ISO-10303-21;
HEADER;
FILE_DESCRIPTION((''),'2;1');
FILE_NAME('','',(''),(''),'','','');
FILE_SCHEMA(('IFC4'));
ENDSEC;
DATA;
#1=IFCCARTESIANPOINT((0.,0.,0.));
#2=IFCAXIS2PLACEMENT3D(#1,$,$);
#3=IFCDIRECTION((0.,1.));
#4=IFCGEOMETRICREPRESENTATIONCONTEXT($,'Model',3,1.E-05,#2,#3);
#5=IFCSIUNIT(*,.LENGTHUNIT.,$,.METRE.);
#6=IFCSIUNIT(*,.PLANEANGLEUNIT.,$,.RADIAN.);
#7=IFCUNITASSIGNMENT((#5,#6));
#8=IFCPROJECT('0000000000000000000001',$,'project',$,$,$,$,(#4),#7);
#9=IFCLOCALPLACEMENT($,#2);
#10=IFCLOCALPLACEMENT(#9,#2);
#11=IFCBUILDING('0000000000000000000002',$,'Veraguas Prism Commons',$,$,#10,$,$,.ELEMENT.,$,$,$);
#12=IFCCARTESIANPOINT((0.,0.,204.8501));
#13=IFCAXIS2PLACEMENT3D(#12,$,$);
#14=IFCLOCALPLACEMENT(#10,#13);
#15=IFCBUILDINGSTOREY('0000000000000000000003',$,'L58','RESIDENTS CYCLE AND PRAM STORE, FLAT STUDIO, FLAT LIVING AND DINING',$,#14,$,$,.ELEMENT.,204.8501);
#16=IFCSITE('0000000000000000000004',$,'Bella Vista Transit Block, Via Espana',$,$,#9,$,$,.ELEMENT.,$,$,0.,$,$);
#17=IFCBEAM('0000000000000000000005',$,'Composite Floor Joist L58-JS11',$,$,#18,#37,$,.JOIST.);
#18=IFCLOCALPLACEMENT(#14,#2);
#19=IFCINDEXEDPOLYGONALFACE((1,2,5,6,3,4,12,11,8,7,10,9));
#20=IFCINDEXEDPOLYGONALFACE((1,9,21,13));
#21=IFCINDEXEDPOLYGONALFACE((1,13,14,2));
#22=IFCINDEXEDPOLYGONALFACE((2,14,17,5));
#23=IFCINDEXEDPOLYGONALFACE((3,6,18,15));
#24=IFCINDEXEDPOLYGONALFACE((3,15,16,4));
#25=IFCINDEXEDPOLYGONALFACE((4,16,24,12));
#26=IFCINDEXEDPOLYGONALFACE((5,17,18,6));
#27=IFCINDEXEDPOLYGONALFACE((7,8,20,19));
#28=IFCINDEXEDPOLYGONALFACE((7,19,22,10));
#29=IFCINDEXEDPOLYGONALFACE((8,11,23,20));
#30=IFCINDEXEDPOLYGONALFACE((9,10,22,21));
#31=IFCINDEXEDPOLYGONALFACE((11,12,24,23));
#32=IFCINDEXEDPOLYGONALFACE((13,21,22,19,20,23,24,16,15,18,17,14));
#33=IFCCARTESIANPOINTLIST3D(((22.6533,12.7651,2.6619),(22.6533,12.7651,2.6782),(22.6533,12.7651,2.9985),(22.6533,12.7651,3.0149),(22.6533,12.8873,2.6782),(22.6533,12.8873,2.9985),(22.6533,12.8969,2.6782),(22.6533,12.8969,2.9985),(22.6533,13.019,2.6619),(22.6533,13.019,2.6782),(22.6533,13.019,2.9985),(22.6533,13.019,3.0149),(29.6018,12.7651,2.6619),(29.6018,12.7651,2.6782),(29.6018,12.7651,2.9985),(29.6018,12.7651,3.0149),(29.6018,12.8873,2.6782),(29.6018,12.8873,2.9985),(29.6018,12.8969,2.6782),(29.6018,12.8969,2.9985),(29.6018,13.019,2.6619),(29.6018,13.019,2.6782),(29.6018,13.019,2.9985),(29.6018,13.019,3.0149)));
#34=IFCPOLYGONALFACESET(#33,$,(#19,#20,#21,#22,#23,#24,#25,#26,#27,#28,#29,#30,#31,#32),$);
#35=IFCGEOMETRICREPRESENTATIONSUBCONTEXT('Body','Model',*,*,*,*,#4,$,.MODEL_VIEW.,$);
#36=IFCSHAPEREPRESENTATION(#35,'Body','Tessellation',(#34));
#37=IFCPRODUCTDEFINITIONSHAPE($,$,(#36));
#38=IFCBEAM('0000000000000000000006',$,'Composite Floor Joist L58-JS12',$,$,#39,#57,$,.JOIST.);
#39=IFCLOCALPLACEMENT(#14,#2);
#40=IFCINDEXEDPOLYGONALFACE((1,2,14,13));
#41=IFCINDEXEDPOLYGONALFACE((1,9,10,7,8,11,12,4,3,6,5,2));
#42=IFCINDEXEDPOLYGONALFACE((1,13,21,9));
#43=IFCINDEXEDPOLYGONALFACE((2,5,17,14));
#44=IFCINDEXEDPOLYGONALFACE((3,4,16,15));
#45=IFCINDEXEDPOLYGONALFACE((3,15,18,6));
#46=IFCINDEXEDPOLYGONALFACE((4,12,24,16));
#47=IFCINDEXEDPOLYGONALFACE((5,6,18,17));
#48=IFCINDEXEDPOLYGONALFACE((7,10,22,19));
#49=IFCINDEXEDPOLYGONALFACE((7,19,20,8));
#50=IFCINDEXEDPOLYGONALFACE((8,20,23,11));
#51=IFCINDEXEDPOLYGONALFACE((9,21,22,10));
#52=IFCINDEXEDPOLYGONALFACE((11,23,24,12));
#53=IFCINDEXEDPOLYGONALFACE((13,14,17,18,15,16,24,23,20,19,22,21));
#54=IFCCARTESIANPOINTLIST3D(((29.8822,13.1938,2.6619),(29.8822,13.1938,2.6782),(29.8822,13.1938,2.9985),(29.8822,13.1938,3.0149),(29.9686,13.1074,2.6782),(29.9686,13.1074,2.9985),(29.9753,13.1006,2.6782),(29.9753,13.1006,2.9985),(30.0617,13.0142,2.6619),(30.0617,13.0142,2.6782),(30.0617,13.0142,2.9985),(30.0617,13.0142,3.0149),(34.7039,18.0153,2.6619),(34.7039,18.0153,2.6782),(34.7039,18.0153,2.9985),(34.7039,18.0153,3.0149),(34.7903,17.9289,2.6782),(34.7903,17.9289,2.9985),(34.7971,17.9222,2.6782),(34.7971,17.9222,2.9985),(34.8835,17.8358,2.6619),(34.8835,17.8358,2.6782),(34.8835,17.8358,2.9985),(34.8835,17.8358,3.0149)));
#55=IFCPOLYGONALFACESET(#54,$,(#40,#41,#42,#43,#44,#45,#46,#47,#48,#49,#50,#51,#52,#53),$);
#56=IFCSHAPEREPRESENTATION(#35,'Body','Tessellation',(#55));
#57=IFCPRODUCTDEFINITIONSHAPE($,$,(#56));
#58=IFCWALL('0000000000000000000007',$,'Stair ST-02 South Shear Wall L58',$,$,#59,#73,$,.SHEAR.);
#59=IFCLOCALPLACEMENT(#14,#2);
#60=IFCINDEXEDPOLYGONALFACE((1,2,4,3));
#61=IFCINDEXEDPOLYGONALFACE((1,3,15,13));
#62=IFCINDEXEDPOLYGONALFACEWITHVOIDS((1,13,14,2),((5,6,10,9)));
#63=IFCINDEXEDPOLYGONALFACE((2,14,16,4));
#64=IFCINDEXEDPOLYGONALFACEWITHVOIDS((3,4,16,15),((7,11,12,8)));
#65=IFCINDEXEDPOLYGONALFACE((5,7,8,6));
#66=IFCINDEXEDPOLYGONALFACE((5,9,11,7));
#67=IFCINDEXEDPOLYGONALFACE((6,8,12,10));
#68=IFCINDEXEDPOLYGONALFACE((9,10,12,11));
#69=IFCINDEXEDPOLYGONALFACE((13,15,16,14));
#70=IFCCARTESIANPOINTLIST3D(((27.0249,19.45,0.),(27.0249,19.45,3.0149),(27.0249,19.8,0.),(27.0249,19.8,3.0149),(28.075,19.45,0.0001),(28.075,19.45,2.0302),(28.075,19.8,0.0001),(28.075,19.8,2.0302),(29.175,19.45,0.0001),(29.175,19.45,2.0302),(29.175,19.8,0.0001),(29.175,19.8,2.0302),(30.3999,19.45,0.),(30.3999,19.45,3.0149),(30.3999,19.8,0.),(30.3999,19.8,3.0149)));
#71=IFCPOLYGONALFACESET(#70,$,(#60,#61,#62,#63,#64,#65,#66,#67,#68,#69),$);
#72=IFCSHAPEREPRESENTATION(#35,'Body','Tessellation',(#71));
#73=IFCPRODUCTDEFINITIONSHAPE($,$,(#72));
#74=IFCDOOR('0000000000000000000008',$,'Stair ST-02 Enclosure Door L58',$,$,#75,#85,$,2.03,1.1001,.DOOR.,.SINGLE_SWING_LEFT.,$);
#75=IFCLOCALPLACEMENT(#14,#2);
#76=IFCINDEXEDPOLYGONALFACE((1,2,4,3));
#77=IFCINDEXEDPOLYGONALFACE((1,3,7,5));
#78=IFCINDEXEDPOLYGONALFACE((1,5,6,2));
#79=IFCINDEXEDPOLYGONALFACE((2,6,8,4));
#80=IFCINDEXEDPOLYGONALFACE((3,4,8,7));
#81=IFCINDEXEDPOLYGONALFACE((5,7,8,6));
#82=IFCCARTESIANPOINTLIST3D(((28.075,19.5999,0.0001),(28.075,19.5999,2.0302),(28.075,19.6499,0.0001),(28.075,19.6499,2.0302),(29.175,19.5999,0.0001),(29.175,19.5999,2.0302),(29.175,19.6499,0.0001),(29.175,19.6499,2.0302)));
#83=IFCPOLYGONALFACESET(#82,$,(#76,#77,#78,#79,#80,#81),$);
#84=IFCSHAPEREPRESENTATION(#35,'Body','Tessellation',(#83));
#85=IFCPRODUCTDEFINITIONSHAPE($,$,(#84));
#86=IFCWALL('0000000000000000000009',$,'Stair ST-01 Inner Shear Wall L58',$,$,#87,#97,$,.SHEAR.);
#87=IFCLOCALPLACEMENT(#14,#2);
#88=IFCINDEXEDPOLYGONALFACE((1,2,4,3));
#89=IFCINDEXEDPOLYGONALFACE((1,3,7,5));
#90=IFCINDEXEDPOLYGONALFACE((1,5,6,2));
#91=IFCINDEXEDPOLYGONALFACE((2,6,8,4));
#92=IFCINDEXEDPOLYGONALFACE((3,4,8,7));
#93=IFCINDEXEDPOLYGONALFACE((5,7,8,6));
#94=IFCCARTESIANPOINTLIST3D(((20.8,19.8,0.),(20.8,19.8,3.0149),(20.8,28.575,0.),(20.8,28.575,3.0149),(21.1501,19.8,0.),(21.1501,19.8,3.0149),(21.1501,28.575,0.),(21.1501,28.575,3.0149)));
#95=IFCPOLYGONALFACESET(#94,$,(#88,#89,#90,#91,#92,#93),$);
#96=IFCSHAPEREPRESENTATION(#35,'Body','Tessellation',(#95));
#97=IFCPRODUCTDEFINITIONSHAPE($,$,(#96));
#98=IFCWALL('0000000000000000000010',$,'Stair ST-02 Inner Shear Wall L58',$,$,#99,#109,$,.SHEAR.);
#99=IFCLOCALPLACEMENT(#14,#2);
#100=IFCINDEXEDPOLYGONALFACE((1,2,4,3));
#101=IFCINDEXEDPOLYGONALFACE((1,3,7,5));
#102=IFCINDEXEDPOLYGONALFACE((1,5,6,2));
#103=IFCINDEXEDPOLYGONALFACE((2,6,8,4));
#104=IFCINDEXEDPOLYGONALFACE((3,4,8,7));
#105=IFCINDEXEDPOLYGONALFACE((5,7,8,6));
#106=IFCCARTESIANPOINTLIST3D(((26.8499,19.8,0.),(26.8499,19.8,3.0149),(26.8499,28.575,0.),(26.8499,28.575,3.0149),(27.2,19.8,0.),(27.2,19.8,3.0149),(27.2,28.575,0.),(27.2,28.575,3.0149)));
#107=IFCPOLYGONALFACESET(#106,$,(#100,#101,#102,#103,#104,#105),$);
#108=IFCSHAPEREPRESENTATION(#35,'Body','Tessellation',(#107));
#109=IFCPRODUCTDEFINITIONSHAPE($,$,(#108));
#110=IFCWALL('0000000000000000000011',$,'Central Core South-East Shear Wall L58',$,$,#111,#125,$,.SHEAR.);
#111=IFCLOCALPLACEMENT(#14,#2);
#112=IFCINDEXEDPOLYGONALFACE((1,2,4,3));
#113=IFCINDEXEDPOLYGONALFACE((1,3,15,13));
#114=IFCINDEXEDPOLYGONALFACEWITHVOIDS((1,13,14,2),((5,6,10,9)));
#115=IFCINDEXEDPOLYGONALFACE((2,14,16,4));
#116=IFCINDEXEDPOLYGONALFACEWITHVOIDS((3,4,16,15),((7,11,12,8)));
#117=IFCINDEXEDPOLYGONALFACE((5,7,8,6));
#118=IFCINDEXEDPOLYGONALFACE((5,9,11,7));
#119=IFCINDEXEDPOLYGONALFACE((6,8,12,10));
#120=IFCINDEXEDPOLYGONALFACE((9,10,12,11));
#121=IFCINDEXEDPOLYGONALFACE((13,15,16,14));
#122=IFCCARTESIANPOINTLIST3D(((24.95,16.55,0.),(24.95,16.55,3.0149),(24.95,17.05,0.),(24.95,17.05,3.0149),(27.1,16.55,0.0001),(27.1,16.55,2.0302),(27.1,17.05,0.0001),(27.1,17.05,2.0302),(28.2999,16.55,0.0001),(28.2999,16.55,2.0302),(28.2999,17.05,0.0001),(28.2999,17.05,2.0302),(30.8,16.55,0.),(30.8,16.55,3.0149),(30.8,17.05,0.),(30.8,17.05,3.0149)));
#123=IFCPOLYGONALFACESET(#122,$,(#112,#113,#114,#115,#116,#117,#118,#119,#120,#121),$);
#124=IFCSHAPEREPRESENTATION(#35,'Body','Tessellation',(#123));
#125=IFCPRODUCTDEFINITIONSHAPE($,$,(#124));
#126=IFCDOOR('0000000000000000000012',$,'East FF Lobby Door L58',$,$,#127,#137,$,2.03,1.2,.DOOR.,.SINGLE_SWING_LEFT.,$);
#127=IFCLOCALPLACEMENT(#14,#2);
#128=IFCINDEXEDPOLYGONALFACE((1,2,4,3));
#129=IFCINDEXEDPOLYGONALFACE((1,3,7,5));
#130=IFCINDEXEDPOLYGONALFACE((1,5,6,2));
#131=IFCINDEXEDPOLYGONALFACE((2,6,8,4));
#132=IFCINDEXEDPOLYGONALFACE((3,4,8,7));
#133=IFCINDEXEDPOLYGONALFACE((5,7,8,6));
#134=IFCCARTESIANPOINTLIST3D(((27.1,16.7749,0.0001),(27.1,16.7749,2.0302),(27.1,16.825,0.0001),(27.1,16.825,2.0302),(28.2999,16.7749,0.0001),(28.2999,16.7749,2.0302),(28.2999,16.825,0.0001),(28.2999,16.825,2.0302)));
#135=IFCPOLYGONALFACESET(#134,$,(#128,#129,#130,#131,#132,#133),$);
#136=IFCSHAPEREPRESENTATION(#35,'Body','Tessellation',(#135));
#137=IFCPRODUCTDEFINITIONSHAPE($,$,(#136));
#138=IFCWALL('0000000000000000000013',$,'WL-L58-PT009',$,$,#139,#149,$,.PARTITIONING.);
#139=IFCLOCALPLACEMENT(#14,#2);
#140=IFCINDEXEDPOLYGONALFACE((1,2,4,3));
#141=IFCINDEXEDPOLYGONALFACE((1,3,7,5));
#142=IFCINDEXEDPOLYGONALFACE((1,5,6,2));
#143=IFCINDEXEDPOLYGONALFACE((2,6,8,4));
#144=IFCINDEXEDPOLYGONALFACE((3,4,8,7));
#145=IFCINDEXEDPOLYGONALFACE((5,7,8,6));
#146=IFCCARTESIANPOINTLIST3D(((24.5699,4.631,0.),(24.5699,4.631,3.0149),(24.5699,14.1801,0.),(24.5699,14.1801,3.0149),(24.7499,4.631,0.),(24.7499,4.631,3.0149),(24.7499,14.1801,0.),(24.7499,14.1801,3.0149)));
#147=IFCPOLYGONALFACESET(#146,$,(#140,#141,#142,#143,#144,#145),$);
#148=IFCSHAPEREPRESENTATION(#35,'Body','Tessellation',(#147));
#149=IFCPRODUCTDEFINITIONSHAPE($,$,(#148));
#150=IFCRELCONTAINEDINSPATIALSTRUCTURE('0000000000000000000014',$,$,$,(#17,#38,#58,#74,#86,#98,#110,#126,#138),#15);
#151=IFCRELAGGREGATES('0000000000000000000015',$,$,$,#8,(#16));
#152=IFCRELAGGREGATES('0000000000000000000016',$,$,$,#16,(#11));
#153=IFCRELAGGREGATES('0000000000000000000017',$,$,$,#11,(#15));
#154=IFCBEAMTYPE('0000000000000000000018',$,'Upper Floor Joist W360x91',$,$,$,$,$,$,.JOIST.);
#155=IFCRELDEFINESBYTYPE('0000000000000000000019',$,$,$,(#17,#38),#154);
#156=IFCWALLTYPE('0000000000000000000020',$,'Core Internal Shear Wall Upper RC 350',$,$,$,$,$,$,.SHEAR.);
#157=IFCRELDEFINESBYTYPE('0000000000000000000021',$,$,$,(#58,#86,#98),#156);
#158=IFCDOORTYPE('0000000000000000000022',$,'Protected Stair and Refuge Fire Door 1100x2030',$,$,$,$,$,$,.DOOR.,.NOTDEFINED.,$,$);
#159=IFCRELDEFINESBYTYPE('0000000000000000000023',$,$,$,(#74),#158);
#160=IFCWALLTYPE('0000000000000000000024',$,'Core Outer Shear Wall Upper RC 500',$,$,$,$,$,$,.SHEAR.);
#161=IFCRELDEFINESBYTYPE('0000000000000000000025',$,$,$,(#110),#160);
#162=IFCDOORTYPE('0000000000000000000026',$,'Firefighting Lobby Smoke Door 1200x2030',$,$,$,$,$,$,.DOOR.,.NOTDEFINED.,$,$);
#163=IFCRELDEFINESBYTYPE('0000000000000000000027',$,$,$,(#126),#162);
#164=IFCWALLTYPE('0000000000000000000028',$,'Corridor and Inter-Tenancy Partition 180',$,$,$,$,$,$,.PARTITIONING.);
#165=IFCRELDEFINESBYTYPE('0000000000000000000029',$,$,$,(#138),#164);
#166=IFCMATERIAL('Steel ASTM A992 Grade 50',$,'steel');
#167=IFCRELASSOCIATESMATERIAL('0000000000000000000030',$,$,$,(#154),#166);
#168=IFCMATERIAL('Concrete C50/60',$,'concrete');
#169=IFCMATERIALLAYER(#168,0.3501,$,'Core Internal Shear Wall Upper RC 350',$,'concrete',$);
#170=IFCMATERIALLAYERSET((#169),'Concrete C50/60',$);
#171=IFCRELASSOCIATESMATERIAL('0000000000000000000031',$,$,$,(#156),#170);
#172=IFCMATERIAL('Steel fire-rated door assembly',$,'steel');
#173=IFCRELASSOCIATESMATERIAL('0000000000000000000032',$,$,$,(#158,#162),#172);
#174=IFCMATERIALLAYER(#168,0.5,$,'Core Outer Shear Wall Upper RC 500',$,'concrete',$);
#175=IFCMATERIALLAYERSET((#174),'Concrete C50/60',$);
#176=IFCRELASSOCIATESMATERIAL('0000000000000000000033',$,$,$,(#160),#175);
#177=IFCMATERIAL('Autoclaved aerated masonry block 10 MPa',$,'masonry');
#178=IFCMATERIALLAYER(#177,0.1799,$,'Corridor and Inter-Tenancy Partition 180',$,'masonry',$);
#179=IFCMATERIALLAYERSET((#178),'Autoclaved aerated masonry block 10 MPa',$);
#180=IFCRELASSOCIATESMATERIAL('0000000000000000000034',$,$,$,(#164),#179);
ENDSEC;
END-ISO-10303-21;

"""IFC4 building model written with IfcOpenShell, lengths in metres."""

from ifc_helpers import new_model, si_unit, direction, frame, frame_2d, origin, origin_2d, place, context, subcontext, project, spatial, rectangle, i_section, extrude, source, transform, mapped, material, layer, layer_set, material_profile, profile_set, type_object, element, fill, save


model = new_model("IFC4")

# Units and contexts
model_context = context("Model", 3, precision=1e-05, world=origin(), true_north=direction((0.0, 1.0)))
body_context = subcontext(model_context, "Body", "Model", "MODEL_VIEW")
ifc_project = project(units=[si_unit("LENGTHUNIT", "METRE"), si_unit("PLANEANGLEUNIT", "RADIAN")], contexts=[model_context])

# Site, building, storey
site_placement = place(None, origin())
site = spatial("IfcSite", under=ifc_project, at=site_placement, Name="Bella Vista Transit Block, Via Espana", CompositionType="ELEMENT", RefElevation=0.0)
building_placement = place(site_placement, origin())
building = spatial("IfcBuilding", under=site, at=building_placement, Name="Veraguas Prism Commons", CompositionType="ELEMENT")
storey_placement = place(building_placement, frame((0.0, 0.0, 204.8501)))
storey = spatial("IfcBuildingStorey", under=building, at=storey_placement, Name="L58", Description="RESIDENTS CYCLE AND PRAM STORE, FLAT STUDIO, FLAT LIVING AND DINING", CompositionType="ELEMENT", Elevation=204.8501)

# Beams
ifc_material_1 = material(Name="Steel ASTM A992 Grade 50", Category="steel")
ifc_material_profile = material_profile(ifc_material_1, i_section(OverallWidth=0.2539, OverallDepth=0.353, WebThickness=0.0095, FlangeThickness=0.0164, at=origin_2d()), Name="W360X91")
ifc_profile_set = profile_set([ifc_material_profile], Name="Steel ASTM A992 Grade 50")
beam_type = type_object("IfcBeamType", Name="Upper Floor Joist W360x91", PredefinedType="JOIST", material=ifc_profile_set)
beam_1_placement = place(storey_placement, frame((22.6533, 12.8921, 2.8384), z_axis=(1.0, 0.0, 0.0), x_axis=(0.0, 1.0, 0.0)))
element("IfcBeam", 1, at=beam_1_placement, inside=storey, type_object=beam_type, Name="Composite Floor Joist L58-JS11", PredefinedType="JOIST", context=body_context, shape_type="SweptSolid", body=[
    extrude(i_section(OverallWidth=0.2539, OverallDepth=0.353, WebThickness=0.0095, FlangeThickness=0.0164, at=origin_2d()), origin(), (0.0, 0.0, 1.0), 6.9485),
])
beam_2_placement = place(storey_placement, frame((29.9719, 13.104, 2.8384), z_axis=(0.707125, 0.707089, 0.0), x_axis=(-0.707089, 0.707125, 0.0)))
element("IfcBeam", 2, at=beam_2_placement, inside=storey, type_object=beam_type, Name="Composite Floor Joist L58-JS12", PredefinedType="JOIST", context=body_context, shape_type="SweptSolid", body=[
    extrude(i_section(OverallWidth=0.2539, OverallDepth=0.353, WebThickness=0.0095, FlangeThickness=0.0164, at=origin_2d()), origin(), (0.0, 0.0, 1.0), 6.8188),
])

# Wall, opening, door
ifc_material_2 = material(Name="Concrete C50/60", Category="concrete")
ifc_layer_1 = layer(ifc_material_2, 0.3501, Name="Core Internal Shear Wall Upper RC 350", Category="concrete")
ifc_layer_set_1 = layer_set([ifc_layer_1], Name="Concrete C50/60")
wall_type_1 = type_object("IfcWallType", Name="Core Internal Shear Wall Upper RC 350", PredefinedType="SHEAR", material=ifc_layer_set_1)
wall_1_placement = place(storey_placement, frame((27.0249, 19.625, 0.0), z_axis=(0.0, 0.0, 1.0), x_axis=(1.0, 0.0, 0.0)))
wall_1 = element("IfcWall", 3, at=wall_1_placement, inside=storey, type_object=wall_type_1, Name="Stair ST-02 South Shear Wall L58", PredefinedType="SHEAR", context=body_context, shape_type="SweptSolid", body=[
    extrude(rectangle(XDim=3.375, YDim=0.3501, at=frame_2d((1.6875, 0.0))), origin(), (0.0, 0.0, 1.0), 3.0149),
])
opening_1_placement = place(wall_1_placement, frame((1.05, 0.0, 0.0)))
opening_1 = element("IfcOpeningElement", 4, at=opening_1_placement, cuts=wall_1, PredefinedType="OPENING", context=body_context, shape_type="SweptSolid", body=[
    extrude(rectangle(XDim=1.1001, YDim=2.03, at=frame_2d((0.55, 1.0151))), frame((0.0, 0.1851, 0.0), z_axis=(0.0, -1.0, 0.0), x_axis=(1.0, 0.0, 0.0)), (0.0, 0.0, 1.0), 0.3701),
])
ifc_material_3 = material(Name="Steel fire-rated door assembly", Category="steel")
door_type_1 = type_object("IfcDoorType", Name="Protected Stair and Refuge Fire Door 1100x2030", OperationType="NOTDEFINED", PredefinedType="DOOR", material=ifc_material_3)
shared_shape_1 = source(origin(), body_context, "Body", "SweptSolid", [
    extrude(rectangle(XDim=1.1001, YDim=2.03, at=frame_2d((0.55, 1.0151))), frame((0.0, 0.0249, 0.0), z_axis=(0.0, -1.0, 0.0), x_axis=(1.0, 0.0, 0.0)), (0.0, 0.0, 1.0), 0.05),
])
door_1_placement = place(opening_1_placement, origin())
door_1 = element("IfcDoor", 5, at=door_1_placement, inside=storey, type_object=door_type_1, Name="Stair ST-02 Enclosure Door L58", OperationType="SINGLE_SWING_LEFT", OverallHeight=2.03, OverallWidth=1.1001, PredefinedType="DOOR", context=body_context, shape_type="MappedRepresentation", body=[
    mapped(shared_shape_1, transform((0.0, 0.0, 0.0), scale=1.0)),
])
fill(opening_1, door_1)

# Walls
for number, where, z_axis, x_axis, name in (
    (6, (20.9751, 19.8, 0.0), (0.0, 0.0, 1.0), (0.0, 1.0, 0.0), "Stair ST-01 Inner Shear Wall L58"),
    (7, (27.0249, 19.8, 0.0), (0.0, 0.0, 1.0), (0.0, 1.0, 0.0), "Stair ST-02 Inner Shear Wall L58"),
):
    element("IfcWall", number, at=place(storey_placement, frame(where, z_axis=z_axis, x_axis=x_axis)), inside=storey, type_object=wall_type_1, Name=name, PredefinedType="SHEAR", context=body_context, shape_type="SweptSolid", body=[
        extrude(rectangle(XDim=8.7749, YDim=0.3501, at=frame_2d((4.3875, 0.0))), origin(), (0.0, 0.0, 1.0), 3.0149),
    ])

# Wall, opening, door
ifc_layer_2 = layer(ifc_material_2, 0.5, Name="Core Outer Shear Wall Upper RC 500", Category="concrete")
ifc_layer_set_2 = layer_set([ifc_layer_2], Name="Concrete C50/60")
wall_type_2 = type_object("IfcWallType", Name="Core Outer Shear Wall Upper RC 500", PredefinedType="SHEAR", material=ifc_layer_set_2)
wall_2_placement = place(storey_placement, frame((24.95, 16.8, 0.0), z_axis=(0.0, 0.0, 1.0), x_axis=(1.0, 0.0, 0.0)))
wall_2 = element("IfcWall", 8, at=wall_2_placement, inside=storey, type_object=wall_type_2, Name="Central Core South-East Shear Wall L58", PredefinedType="SHEAR", context=body_context, shape_type="SweptSolid", body=[
    extrude(rectangle(XDim=5.8501, YDim=0.5, at=frame_2d((2.925, 0.0))), origin(), (0.0, 0.0, 1.0), 3.0149),
])
opening_2_placement = place(wall_2_placement, frame((2.1499, 0.0, 0.0)))
opening_2 = element("IfcOpeningElement", 9, at=opening_2_placement, cuts=wall_2, PredefinedType="OPENING", context=body_context, shape_type="SweptSolid", body=[
    extrude(rectangle(XDim=1.2, YDim=2.03, at=frame_2d((0.6001, 1.0151))), frame((0.0, 0.26, 0.0), z_axis=(0.0, -1.0, 0.0), x_axis=(1.0, 0.0, 0.0)), (0.0, 0.0, 1.0), 0.52),
])
door_type_2 = type_object("IfcDoorType", Name="Firefighting Lobby Smoke Door 1200x2030", OperationType="NOTDEFINED", PredefinedType="DOOR", material=ifc_material_3)
shared_shape_2 = source(origin(), body_context, "Body", "SweptSolid", [
    extrude(rectangle(XDim=1.2, YDim=2.03, at=frame_2d((0.6001, 1.0151))), frame((0.0, 0.0249, 0.0), z_axis=(0.0, -1.0, 0.0), x_axis=(1.0, 0.0, 0.0)), (0.0, 0.0, 1.0), 0.05),
])
door_2_placement = place(opening_2_placement, origin())
door_2 = element("IfcDoor", 10, at=door_2_placement, inside=storey, type_object=door_type_2, Name="East FF Lobby Door L58", OperationType="SINGLE_SWING_LEFT", OverallHeight=2.03, OverallWidth=1.2, PredefinedType="DOOR", context=body_context, shape_type="MappedRepresentation", body=[
    mapped(shared_shape_2, transform((0.0, 0.0, 0.0), scale=1.0)),
])
fill(opening_2, door_2)

# Wall
ifc_material_4 = material(Name="Autoclaved aerated masonry block 10 MPa", Category="masonry")
ifc_layer_3 = layer(ifc_material_4, 0.1799, Name="Corridor and Inter-Tenancy Partition 180", Category="masonry")
ifc_layer_set_3 = layer_set([ifc_layer_3], Name="Autoclaved aerated masonry block 10 MPa")
wall_type_3 = type_object("IfcWallType", Name="Corridor and Inter-Tenancy Partition 180", PredefinedType="PARTITIONING", material=ifc_layer_set_3)
wall_3_placement = place(storey_placement, frame((24.6599, 14.1799, 0.0), z_axis=(0.0, 0.0, 1.0), x_axis=(0.0, -1.0, 0.0)))
element("IfcWall", 11, at=wall_3_placement, inside=storey, type_object=wall_type_3, Name="WL-L58-PT009", PredefinedType="PARTITIONING", context=body_context, shape_type="SweptSolid", body=[
    extrude(rectangle(XDim=9.5491, YDim=0.1799, at=frame_2d((4.7744, 0.0))), origin(), (0.0, 0.0, 1.0), 3.0149),
])

save(model, "model.ifc")
